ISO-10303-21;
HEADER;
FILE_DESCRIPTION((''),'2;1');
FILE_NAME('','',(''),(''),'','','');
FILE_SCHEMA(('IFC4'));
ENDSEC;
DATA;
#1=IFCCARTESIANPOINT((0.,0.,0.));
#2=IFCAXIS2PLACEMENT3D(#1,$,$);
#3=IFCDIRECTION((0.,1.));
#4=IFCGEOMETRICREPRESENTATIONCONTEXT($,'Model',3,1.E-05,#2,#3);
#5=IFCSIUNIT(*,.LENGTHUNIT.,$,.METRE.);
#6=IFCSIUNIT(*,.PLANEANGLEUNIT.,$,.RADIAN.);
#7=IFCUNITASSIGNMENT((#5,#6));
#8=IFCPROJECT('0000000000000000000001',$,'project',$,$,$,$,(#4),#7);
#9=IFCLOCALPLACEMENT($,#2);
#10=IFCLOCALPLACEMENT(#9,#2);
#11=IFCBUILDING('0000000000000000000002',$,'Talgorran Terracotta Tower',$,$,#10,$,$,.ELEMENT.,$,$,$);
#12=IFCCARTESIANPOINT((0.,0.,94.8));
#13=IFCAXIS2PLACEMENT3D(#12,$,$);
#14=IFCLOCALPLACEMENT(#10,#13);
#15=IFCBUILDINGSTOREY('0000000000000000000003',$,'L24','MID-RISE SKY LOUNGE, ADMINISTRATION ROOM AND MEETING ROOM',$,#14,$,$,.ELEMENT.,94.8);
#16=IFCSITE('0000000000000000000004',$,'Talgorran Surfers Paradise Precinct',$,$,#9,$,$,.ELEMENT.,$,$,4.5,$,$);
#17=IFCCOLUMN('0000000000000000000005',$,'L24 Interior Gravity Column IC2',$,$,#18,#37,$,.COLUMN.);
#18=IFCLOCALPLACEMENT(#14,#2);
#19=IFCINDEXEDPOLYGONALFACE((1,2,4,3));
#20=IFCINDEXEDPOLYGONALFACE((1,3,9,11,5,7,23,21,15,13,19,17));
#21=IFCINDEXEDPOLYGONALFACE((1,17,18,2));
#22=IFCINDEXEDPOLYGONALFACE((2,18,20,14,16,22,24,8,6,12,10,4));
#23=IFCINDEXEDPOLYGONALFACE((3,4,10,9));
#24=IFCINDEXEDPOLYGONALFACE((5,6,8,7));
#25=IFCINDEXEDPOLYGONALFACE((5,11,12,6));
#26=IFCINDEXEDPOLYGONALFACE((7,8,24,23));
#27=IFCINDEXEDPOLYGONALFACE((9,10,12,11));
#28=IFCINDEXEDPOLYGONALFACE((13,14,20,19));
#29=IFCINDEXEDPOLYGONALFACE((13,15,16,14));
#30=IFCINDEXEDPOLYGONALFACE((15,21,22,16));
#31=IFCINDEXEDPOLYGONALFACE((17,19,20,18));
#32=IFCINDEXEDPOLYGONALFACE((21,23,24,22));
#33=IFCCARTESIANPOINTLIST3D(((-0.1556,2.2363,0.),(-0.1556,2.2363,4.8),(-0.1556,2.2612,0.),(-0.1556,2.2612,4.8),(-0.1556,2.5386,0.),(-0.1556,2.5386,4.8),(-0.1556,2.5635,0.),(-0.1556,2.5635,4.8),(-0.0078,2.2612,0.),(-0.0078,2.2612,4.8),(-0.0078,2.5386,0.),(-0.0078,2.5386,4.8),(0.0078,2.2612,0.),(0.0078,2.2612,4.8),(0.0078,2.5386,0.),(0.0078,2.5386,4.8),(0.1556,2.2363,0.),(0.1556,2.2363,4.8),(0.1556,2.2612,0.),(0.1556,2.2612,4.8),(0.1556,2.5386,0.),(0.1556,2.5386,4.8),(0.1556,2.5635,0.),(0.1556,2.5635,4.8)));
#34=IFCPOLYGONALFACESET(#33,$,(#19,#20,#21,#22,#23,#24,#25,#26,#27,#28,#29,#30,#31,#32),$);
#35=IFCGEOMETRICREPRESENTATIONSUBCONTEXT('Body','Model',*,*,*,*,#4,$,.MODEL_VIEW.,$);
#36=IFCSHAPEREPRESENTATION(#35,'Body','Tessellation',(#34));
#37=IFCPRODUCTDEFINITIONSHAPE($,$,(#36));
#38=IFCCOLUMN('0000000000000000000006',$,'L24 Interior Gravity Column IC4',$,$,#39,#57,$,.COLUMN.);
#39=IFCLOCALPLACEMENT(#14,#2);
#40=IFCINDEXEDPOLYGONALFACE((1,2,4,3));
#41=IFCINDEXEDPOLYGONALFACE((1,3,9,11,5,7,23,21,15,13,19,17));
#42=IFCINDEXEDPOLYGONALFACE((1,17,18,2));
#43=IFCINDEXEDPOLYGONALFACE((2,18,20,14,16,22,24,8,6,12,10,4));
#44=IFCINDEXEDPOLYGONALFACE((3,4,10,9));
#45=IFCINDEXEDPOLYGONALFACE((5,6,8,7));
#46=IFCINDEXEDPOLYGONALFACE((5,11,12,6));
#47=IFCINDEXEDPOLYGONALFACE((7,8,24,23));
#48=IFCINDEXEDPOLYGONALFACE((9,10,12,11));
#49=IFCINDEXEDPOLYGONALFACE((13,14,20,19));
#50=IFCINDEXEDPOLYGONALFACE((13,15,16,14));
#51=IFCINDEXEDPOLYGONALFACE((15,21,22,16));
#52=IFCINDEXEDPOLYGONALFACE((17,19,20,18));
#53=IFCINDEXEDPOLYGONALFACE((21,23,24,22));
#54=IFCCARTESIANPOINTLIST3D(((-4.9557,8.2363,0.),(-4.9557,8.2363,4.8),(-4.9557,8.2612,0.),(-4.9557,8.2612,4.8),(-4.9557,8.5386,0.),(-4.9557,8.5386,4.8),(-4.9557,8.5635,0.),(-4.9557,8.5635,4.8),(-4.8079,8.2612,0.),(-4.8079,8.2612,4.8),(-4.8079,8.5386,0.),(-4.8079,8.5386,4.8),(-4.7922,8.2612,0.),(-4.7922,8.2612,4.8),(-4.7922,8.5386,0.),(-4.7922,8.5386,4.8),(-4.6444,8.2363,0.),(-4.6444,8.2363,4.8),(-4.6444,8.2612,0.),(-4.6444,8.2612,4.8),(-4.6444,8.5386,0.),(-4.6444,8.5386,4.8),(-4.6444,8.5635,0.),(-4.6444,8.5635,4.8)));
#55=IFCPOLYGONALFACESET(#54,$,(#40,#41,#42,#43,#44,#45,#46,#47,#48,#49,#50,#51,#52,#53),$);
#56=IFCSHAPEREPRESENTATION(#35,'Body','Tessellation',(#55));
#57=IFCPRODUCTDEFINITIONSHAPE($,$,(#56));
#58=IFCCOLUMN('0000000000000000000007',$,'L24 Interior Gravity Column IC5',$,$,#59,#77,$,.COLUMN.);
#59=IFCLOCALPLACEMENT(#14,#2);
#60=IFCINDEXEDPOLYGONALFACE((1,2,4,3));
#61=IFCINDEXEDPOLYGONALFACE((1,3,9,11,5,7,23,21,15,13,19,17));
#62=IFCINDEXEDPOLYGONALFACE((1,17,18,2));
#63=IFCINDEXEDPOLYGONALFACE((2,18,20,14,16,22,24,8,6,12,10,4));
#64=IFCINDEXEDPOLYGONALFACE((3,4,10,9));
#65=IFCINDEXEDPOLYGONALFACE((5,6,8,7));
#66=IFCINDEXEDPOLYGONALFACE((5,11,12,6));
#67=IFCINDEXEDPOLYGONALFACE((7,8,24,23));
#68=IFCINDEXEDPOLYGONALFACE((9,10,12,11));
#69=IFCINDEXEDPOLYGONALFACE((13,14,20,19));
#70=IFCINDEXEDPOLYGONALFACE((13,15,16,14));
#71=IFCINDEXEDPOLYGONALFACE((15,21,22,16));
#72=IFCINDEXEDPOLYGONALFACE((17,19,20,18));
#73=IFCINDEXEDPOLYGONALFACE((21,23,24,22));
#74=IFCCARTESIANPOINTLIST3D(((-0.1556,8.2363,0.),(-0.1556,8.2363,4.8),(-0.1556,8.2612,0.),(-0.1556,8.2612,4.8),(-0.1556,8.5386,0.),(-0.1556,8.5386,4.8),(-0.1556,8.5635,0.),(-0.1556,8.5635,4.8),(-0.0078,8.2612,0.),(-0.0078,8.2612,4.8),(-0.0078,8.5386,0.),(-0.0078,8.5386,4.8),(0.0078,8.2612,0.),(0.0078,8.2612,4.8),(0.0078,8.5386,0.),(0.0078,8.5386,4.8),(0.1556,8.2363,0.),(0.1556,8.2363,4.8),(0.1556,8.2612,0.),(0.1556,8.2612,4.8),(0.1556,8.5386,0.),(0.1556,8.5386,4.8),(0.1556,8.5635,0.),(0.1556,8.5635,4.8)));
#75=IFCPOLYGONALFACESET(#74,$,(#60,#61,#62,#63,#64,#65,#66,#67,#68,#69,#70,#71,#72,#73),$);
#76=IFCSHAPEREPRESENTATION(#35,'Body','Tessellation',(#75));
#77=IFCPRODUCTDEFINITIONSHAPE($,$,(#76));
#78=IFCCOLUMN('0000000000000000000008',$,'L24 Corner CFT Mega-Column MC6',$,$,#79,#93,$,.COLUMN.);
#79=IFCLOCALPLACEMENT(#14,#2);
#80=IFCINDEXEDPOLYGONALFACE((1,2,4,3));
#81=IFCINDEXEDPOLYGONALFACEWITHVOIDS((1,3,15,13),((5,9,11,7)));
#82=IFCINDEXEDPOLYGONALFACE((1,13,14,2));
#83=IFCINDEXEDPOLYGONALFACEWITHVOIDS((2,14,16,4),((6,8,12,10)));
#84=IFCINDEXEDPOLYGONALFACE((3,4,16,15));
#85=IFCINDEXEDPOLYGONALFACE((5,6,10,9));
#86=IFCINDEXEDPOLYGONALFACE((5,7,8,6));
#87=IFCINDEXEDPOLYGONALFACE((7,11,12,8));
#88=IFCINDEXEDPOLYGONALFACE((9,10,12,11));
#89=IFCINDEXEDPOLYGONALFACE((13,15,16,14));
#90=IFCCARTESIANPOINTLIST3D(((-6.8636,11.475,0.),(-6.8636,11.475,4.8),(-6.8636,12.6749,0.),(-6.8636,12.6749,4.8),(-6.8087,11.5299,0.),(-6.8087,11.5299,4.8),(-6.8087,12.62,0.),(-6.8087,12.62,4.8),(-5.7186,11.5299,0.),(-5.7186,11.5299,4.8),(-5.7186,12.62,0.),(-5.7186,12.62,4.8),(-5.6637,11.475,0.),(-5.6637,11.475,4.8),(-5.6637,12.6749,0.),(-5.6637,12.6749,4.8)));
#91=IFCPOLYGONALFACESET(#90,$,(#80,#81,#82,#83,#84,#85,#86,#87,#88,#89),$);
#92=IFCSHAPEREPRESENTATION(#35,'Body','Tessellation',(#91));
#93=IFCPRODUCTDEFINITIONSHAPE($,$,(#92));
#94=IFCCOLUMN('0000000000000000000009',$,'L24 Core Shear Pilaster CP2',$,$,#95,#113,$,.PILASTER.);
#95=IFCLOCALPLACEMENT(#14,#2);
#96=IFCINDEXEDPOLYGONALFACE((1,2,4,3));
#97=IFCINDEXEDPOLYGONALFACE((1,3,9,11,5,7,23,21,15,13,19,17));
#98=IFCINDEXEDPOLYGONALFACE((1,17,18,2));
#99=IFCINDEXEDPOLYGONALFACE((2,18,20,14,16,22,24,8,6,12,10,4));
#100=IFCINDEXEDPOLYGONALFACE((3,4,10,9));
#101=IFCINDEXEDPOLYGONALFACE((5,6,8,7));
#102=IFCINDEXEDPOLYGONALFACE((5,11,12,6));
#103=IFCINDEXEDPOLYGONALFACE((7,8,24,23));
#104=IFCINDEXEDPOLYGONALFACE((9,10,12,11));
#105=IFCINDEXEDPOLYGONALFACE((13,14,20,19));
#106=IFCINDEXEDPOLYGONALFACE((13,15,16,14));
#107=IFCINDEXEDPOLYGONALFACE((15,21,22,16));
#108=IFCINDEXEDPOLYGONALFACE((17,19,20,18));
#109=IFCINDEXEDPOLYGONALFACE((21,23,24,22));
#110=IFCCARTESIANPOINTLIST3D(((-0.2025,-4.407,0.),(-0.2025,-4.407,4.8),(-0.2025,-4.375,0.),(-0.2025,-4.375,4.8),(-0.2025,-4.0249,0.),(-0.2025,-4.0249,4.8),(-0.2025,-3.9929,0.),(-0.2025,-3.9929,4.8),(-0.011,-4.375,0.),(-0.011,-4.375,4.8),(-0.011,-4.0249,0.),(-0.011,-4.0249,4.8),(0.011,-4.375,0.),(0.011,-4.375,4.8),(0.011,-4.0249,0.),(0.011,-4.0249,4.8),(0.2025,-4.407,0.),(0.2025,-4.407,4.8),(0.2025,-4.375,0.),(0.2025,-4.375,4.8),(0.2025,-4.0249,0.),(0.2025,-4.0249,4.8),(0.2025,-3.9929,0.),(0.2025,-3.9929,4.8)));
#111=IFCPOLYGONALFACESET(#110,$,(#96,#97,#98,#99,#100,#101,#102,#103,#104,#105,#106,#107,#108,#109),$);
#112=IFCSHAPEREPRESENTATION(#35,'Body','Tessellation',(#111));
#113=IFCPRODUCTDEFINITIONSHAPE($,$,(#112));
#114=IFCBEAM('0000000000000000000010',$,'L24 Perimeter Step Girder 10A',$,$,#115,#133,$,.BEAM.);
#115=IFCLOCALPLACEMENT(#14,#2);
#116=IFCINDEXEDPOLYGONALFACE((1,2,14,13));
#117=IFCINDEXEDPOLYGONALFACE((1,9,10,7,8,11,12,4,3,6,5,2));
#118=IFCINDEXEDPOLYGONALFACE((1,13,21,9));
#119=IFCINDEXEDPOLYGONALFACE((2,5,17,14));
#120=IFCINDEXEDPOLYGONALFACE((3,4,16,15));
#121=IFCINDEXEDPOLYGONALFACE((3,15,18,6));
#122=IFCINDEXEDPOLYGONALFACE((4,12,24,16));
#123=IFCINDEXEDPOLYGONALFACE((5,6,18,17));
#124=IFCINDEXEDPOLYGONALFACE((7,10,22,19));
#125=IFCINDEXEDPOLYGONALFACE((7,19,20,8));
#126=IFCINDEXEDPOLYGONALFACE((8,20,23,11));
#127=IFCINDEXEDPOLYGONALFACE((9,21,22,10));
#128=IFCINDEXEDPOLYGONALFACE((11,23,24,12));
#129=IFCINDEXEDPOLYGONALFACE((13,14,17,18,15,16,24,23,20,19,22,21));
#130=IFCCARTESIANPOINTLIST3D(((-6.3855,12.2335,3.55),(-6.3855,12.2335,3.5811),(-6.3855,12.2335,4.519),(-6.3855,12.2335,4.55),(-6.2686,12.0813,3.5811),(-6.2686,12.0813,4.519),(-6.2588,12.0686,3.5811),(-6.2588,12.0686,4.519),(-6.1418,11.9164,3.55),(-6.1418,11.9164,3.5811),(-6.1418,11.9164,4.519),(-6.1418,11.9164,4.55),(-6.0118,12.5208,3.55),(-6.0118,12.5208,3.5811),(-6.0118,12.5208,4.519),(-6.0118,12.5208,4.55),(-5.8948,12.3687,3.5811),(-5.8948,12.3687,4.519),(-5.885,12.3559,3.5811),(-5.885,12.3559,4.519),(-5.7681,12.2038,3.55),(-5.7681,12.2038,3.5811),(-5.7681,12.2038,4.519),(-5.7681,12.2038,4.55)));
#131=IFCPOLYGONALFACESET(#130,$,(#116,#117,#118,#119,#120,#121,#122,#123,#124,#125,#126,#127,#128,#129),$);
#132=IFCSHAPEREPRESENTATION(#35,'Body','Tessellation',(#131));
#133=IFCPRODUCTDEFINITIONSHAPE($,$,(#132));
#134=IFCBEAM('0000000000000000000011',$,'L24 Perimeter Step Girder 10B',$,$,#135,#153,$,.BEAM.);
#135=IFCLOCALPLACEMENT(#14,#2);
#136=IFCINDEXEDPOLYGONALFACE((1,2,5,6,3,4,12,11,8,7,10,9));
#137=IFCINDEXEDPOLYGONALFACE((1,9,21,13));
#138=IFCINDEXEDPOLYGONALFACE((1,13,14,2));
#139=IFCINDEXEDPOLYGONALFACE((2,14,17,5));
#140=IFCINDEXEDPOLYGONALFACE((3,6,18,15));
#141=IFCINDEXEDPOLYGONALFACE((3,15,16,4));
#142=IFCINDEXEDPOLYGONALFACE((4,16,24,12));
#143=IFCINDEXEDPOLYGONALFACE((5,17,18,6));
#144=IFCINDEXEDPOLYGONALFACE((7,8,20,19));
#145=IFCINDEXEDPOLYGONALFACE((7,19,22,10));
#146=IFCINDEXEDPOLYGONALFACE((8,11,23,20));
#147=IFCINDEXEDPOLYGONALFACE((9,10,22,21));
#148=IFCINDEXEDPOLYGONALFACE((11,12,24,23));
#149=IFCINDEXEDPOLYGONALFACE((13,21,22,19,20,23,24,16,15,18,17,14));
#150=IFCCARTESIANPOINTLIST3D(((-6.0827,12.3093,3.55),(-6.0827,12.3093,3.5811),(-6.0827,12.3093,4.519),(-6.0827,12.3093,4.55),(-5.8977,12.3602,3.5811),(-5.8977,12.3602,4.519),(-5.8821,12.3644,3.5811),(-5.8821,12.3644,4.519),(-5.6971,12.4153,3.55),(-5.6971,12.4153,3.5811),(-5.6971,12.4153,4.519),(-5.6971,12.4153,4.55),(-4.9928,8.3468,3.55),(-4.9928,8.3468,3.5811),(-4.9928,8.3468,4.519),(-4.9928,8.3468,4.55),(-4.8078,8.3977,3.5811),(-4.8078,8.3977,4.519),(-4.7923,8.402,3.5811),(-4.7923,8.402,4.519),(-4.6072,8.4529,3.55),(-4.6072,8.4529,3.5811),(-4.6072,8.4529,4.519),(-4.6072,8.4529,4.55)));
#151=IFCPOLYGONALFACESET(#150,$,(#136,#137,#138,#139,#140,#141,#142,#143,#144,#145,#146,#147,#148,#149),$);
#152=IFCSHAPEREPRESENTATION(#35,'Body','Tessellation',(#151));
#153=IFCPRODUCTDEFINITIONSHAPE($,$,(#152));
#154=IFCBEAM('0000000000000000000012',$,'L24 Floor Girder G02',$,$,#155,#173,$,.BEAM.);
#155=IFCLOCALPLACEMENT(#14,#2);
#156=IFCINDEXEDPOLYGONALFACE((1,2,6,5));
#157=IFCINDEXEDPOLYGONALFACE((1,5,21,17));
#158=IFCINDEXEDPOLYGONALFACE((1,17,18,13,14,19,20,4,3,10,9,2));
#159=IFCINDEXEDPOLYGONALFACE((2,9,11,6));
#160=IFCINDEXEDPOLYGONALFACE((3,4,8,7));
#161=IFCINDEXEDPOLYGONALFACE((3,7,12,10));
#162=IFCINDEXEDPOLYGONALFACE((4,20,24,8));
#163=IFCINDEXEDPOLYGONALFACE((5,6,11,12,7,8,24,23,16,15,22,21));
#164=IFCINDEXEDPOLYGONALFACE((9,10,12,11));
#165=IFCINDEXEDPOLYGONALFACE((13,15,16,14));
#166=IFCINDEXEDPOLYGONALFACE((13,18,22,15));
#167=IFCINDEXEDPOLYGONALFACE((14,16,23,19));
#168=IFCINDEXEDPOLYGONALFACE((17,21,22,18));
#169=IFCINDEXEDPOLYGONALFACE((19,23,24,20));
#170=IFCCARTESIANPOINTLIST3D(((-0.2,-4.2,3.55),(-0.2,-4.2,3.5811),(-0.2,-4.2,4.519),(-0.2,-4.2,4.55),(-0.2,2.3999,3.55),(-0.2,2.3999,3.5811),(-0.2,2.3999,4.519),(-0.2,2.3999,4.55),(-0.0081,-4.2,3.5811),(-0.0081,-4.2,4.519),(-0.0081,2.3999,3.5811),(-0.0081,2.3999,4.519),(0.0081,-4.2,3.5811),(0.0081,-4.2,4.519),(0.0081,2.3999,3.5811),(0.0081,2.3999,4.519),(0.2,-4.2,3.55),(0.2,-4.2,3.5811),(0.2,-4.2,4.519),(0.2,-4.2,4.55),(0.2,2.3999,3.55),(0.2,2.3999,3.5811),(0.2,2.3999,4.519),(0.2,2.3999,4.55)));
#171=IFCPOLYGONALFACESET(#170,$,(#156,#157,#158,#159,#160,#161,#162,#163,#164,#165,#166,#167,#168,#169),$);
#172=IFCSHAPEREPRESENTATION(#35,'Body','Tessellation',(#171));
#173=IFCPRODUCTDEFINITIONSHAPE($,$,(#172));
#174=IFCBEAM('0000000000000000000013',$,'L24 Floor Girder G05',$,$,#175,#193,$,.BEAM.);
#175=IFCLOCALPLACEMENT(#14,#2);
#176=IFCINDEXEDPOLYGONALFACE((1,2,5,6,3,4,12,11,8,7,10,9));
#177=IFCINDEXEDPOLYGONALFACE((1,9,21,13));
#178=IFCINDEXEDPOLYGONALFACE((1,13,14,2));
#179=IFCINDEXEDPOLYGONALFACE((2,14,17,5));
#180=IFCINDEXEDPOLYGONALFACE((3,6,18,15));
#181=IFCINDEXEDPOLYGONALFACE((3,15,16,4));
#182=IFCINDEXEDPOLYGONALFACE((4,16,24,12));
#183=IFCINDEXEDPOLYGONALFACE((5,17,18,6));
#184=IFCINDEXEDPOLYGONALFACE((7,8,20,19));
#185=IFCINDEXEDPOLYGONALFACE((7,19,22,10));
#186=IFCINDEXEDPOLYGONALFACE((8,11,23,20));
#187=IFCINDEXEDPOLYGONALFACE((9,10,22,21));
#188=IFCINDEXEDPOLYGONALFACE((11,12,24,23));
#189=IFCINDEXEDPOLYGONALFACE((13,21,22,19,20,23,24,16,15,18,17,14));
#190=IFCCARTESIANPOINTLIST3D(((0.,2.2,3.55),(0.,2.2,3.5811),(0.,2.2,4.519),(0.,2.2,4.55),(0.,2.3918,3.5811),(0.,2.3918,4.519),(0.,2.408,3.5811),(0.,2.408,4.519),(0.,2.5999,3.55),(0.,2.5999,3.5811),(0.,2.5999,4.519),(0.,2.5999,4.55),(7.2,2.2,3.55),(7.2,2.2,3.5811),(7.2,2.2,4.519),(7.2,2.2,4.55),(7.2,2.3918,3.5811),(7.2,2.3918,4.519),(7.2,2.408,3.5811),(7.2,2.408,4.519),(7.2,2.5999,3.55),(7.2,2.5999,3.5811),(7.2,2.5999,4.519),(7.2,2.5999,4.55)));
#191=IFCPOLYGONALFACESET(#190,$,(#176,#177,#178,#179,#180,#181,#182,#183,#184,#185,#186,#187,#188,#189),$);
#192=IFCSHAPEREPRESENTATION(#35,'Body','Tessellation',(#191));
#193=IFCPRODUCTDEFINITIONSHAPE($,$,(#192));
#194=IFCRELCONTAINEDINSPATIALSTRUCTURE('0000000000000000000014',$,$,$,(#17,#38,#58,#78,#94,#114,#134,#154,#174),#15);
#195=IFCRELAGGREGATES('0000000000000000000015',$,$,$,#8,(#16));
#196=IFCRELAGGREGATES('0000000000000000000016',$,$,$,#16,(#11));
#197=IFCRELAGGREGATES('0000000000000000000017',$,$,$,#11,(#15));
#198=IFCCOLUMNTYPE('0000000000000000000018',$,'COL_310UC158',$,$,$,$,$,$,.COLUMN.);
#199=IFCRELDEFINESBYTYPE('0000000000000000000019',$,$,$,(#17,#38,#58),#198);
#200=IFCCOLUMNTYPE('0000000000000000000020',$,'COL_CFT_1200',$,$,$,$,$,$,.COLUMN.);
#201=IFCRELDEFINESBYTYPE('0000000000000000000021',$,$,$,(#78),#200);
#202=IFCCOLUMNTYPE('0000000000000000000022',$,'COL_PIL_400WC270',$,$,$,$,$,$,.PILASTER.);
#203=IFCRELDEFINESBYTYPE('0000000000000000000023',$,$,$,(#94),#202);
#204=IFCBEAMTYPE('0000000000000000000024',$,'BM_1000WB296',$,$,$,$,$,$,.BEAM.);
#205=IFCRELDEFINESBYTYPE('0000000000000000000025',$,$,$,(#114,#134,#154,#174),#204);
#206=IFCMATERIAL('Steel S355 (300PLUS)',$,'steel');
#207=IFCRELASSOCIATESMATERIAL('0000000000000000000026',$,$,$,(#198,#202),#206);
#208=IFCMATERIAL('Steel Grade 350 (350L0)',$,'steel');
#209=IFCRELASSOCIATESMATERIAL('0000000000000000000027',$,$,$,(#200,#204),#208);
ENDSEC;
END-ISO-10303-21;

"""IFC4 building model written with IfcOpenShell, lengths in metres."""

from ifc_helpers import new_model, si_unit, direction, frame, origin, origin_2d, place, context, subcontext, project, spatial, hollow_rectangle, i_section, extrude, material, material_profile, profile_set, type_object, element, save


model = new_model("IFC4")

# Units and contexts
model_context = context("Model", 3, precision=1e-05, world=origin(), true_north=direction((0.0, 1.0)))
body_context = subcontext(model_context, "Body", "Model", "MODEL_VIEW")
ifc_project = project(units=[si_unit("LENGTHUNIT", "METRE"), si_unit("PLANEANGLEUNIT", "RADIAN")], contexts=[model_context])

# Site, building, storey
site_placement = place(None, origin())
site = spatial("IfcSite", under=ifc_project, at=site_placement, Name="Talgorran Surfers Paradise Precinct", CompositionType="ELEMENT", RefElevation=4.5)
building_placement = place(site_placement, origin())
building = spatial("IfcBuilding", under=site, at=building_placement, Name="Talgorran Terracotta Tower", CompositionType="ELEMENT")
storey_placement = place(building_placement, frame((0.0, 0.0, 94.8)))
storey = spatial("IfcBuildingStorey", under=building, at=storey_placement, Name="L24", Description="MID-RISE SKY LOUNGE, ADMINISTRATION ROOM AND MEETING ROOM", CompositionType="ELEMENT", Elevation=94.8)

# Columns
ifc_material_1 = material(Name="Steel S355 (300PLUS)", Category="steel")
ifc_material_profile_1 = material_profile(ifc_material_1, i_section(OverallWidth=0.3113, OverallDepth=0.3271, WebThickness=0.0156, FlangeThickness=0.0249, at=origin_2d()), Name="310UC158")
ifc_profile_set_1 = profile_set([ifc_material_profile_1], Name="Steel S355 (300PLUS)")
column_type_1 = type_object("IfcColumnType", Name="COL_310UC158", PredefinedType="COLUMN", material=ifc_profile_set_1)
for number, where, z_axis, x_axis, name in (
    (1, (0.0, 2.3999, 0.0), (0.0, 0.0, 1.0), (1.0, 0.0, 0.0), "L24 Interior Gravity Column IC2"),
    (2, (-4.8, 8.3999, 0.0), (0.0, 0.0, 1.0), (1.0, 0.0, 0.0), "L24 Interior Gravity Column IC4"),
    (3, (0.0, 8.3999, 0.0), (0.0, 0.0, 1.0), (1.0, 0.0, 0.0), "L24 Interior Gravity Column IC5"),
):
    element("IfcColumn", number, at=place(storey_placement, frame(where, z_axis=z_axis, x_axis=x_axis)), inside=storey, type_object=column_type_1, Name=name, PredefinedType="COLUMN", context=body_context, shape_type="SweptSolid", body=[
        extrude(i_section(OverallWidth=0.3113, OverallDepth=0.3271, WebThickness=0.0156, FlangeThickness=0.0249, at=origin_2d()), origin(), (0.0, 0.0, 1.0), 4.8),
    ])
ifc_material_2 = material(Name="Steel Grade 350 (350L0)", Category="steel")
ifc_material_profile_2 = material_profile(ifc_material_2, hollow_rectangle(XDim=1.2, YDim=1.2, WallThickness=0.0549, at=origin_2d()), Name="CFT1200X1200X55")
ifc_profile_set_2 = profile_set([ifc_material_profile_2], Name="Steel Grade 350 (350L0)")
column_type_2 = type_object("IfcColumnType", Name="COL_CFT_1200", PredefinedType="COLUMN", material=ifc_profile_set_2)
column_1_placement = place(storey_placement, frame((-6.2637, 12.075, 0.0), z_axis=(0.0, 0.0, 1.0), x_axis=(1.0, 0.0, 0.0)))
element("IfcColumn", 4, at=column_1_placement, inside=storey, type_object=column_type_2, Name="L24 Corner CFT Mega-Column MC6", PredefinedType="COLUMN", context=body_context, shape_type="SweptSolid", body=[
    extrude(hollow_rectangle(XDim=1.2, YDim=1.2, WallThickness=0.0549, at=origin_2d()), origin(), (0.0, 0.0, 1.0), 4.8),
])
ifc_material_profile_3 = material_profile(ifc_material_1, i_section(OverallWidth=0.405, OverallDepth=0.4141, WebThickness=0.022, FlangeThickness=0.032, at=origin_2d()), Name="400WC270")
ifc_profile_set_3 = profile_set([ifc_material_profile_3], Name="Steel S355 (300PLUS)")
column_type_3 = type_object("IfcColumnType", Name="COL_PIL_400WC270", PredefinedType="PILASTER", material=ifc_profile_set_3)
column_2_placement = place(storey_placement, frame((0.0, -4.2, 0.0), z_axis=(0.0, 0.0, 1.0), x_axis=(1.0, 0.0, 0.0)))
element("IfcColumn", 5, at=column_2_placement, inside=storey, type_object=column_type_3, Name="L24 Core Shear Pilaster CP2", PredefinedType="PILASTER", context=body_context, shape_type="SweptSolid", body=[
    extrude(i_section(OverallWidth=0.405, OverallDepth=0.4141, WebThickness=0.022, FlangeThickness=0.032, at=origin_2d()), origin(), (0.0, 0.0, 1.0), 4.8),
])

# Beams
ifc_material_profile_4 = material_profile(ifc_material_2, i_section(OverallWidth=0.3999, OverallDepth=1.0, WebThickness=0.0161, FlangeThickness=0.031, at=origin_2d()), Name="1000WB296")
ifc_profile_set_4 = profile_set([ifc_material_profile_4], Name="Steel Grade 350 (350L0)")
beam_type_1 = type_object("IfcBeamType", Name="BM_1000WB296", PredefinedType="BEAM", material=ifc_profile_set_4)
beam_1_placement = place(storey_placement, frame((-6.2637, 12.075, 4.05), z_axis=(0.792797, 0.609486, 0.0), x_axis=(-0.609486, 0.792797, 0.0)))
element("IfcBeam", 6, at=beam_1_placement, inside=storey, type_object=beam_type_1, Name="L24 Perimeter Step Girder 10A", PredefinedType="BEAM", context=body_context, shape_type="SweptSolid", body=[
    extrude(i_section(OverallWidth=0.3999, OverallDepth=1.0, WebThickness=0.0161, FlangeThickness=0.031, at=origin_2d()), origin(), (0.0, 0.0, 1.0), 0.4714),
])
beam_2_placement = place(storey_placement, frame((-5.8899, 12.3623, 4.05), z_axis=(0.265198, -0.964194, 0.0), x_axis=(0.964194, 0.265198, 0.0)))
element("IfcBeam", 7, at=beam_2_placement, inside=storey, type_object=beam_type_1, Name="L24 Perimeter Step Girder 10B", PredefinedType="BEAM", context=body_context, shape_type="SweptSolid", body=[
    extrude(i_section(OverallWidth=0.3999, OverallDepth=1.0, WebThickness=0.0161, FlangeThickness=0.031, at=origin_2d()), origin(), (0.0, 0.0, 1.0), 4.1096),
])
beam_3_placement = place(storey_placement, frame((0.0, -4.2, 4.05), z_axis=(0.0, 1.0, 0.0), x_axis=(-1.0, 0.0, 0.0)))
element("IfcBeam", 8, at=beam_3_placement, inside=storey, type_object=beam_type_1, Name="L24 Floor Girder G02", PredefinedType="BEAM", context=body_context, shape_type="SweptSolid", body=[
    extrude(i_section(OverallWidth=0.3999, OverallDepth=1.0, WebThickness=0.0161, FlangeThickness=0.031, at=origin_2d()), origin(), (0.0, 0.0, 1.0), 6.5999),
])
beam_4_placement = place(storey_placement, frame((0.0, 2.3999, 4.05), z_axis=(1.0, 0.0, 0.0), x_axis=(0.0, 1.0, 0.0)))
element("IfcBeam", 9, at=beam_4_placement, inside=storey, type_object=beam_type_1, Name="L24 Floor Girder G05", PredefinedType="BEAM", context=body_context, shape_type="SweptSolid", body=[
    extrude(i_section(OverallWidth=0.3999, OverallDepth=1.0, WebThickness=0.0161, FlangeThickness=0.031, at=origin_2d()), origin(), (0.0, 0.0, 1.0), 7.2),
])

save(model, "model.ifc")
